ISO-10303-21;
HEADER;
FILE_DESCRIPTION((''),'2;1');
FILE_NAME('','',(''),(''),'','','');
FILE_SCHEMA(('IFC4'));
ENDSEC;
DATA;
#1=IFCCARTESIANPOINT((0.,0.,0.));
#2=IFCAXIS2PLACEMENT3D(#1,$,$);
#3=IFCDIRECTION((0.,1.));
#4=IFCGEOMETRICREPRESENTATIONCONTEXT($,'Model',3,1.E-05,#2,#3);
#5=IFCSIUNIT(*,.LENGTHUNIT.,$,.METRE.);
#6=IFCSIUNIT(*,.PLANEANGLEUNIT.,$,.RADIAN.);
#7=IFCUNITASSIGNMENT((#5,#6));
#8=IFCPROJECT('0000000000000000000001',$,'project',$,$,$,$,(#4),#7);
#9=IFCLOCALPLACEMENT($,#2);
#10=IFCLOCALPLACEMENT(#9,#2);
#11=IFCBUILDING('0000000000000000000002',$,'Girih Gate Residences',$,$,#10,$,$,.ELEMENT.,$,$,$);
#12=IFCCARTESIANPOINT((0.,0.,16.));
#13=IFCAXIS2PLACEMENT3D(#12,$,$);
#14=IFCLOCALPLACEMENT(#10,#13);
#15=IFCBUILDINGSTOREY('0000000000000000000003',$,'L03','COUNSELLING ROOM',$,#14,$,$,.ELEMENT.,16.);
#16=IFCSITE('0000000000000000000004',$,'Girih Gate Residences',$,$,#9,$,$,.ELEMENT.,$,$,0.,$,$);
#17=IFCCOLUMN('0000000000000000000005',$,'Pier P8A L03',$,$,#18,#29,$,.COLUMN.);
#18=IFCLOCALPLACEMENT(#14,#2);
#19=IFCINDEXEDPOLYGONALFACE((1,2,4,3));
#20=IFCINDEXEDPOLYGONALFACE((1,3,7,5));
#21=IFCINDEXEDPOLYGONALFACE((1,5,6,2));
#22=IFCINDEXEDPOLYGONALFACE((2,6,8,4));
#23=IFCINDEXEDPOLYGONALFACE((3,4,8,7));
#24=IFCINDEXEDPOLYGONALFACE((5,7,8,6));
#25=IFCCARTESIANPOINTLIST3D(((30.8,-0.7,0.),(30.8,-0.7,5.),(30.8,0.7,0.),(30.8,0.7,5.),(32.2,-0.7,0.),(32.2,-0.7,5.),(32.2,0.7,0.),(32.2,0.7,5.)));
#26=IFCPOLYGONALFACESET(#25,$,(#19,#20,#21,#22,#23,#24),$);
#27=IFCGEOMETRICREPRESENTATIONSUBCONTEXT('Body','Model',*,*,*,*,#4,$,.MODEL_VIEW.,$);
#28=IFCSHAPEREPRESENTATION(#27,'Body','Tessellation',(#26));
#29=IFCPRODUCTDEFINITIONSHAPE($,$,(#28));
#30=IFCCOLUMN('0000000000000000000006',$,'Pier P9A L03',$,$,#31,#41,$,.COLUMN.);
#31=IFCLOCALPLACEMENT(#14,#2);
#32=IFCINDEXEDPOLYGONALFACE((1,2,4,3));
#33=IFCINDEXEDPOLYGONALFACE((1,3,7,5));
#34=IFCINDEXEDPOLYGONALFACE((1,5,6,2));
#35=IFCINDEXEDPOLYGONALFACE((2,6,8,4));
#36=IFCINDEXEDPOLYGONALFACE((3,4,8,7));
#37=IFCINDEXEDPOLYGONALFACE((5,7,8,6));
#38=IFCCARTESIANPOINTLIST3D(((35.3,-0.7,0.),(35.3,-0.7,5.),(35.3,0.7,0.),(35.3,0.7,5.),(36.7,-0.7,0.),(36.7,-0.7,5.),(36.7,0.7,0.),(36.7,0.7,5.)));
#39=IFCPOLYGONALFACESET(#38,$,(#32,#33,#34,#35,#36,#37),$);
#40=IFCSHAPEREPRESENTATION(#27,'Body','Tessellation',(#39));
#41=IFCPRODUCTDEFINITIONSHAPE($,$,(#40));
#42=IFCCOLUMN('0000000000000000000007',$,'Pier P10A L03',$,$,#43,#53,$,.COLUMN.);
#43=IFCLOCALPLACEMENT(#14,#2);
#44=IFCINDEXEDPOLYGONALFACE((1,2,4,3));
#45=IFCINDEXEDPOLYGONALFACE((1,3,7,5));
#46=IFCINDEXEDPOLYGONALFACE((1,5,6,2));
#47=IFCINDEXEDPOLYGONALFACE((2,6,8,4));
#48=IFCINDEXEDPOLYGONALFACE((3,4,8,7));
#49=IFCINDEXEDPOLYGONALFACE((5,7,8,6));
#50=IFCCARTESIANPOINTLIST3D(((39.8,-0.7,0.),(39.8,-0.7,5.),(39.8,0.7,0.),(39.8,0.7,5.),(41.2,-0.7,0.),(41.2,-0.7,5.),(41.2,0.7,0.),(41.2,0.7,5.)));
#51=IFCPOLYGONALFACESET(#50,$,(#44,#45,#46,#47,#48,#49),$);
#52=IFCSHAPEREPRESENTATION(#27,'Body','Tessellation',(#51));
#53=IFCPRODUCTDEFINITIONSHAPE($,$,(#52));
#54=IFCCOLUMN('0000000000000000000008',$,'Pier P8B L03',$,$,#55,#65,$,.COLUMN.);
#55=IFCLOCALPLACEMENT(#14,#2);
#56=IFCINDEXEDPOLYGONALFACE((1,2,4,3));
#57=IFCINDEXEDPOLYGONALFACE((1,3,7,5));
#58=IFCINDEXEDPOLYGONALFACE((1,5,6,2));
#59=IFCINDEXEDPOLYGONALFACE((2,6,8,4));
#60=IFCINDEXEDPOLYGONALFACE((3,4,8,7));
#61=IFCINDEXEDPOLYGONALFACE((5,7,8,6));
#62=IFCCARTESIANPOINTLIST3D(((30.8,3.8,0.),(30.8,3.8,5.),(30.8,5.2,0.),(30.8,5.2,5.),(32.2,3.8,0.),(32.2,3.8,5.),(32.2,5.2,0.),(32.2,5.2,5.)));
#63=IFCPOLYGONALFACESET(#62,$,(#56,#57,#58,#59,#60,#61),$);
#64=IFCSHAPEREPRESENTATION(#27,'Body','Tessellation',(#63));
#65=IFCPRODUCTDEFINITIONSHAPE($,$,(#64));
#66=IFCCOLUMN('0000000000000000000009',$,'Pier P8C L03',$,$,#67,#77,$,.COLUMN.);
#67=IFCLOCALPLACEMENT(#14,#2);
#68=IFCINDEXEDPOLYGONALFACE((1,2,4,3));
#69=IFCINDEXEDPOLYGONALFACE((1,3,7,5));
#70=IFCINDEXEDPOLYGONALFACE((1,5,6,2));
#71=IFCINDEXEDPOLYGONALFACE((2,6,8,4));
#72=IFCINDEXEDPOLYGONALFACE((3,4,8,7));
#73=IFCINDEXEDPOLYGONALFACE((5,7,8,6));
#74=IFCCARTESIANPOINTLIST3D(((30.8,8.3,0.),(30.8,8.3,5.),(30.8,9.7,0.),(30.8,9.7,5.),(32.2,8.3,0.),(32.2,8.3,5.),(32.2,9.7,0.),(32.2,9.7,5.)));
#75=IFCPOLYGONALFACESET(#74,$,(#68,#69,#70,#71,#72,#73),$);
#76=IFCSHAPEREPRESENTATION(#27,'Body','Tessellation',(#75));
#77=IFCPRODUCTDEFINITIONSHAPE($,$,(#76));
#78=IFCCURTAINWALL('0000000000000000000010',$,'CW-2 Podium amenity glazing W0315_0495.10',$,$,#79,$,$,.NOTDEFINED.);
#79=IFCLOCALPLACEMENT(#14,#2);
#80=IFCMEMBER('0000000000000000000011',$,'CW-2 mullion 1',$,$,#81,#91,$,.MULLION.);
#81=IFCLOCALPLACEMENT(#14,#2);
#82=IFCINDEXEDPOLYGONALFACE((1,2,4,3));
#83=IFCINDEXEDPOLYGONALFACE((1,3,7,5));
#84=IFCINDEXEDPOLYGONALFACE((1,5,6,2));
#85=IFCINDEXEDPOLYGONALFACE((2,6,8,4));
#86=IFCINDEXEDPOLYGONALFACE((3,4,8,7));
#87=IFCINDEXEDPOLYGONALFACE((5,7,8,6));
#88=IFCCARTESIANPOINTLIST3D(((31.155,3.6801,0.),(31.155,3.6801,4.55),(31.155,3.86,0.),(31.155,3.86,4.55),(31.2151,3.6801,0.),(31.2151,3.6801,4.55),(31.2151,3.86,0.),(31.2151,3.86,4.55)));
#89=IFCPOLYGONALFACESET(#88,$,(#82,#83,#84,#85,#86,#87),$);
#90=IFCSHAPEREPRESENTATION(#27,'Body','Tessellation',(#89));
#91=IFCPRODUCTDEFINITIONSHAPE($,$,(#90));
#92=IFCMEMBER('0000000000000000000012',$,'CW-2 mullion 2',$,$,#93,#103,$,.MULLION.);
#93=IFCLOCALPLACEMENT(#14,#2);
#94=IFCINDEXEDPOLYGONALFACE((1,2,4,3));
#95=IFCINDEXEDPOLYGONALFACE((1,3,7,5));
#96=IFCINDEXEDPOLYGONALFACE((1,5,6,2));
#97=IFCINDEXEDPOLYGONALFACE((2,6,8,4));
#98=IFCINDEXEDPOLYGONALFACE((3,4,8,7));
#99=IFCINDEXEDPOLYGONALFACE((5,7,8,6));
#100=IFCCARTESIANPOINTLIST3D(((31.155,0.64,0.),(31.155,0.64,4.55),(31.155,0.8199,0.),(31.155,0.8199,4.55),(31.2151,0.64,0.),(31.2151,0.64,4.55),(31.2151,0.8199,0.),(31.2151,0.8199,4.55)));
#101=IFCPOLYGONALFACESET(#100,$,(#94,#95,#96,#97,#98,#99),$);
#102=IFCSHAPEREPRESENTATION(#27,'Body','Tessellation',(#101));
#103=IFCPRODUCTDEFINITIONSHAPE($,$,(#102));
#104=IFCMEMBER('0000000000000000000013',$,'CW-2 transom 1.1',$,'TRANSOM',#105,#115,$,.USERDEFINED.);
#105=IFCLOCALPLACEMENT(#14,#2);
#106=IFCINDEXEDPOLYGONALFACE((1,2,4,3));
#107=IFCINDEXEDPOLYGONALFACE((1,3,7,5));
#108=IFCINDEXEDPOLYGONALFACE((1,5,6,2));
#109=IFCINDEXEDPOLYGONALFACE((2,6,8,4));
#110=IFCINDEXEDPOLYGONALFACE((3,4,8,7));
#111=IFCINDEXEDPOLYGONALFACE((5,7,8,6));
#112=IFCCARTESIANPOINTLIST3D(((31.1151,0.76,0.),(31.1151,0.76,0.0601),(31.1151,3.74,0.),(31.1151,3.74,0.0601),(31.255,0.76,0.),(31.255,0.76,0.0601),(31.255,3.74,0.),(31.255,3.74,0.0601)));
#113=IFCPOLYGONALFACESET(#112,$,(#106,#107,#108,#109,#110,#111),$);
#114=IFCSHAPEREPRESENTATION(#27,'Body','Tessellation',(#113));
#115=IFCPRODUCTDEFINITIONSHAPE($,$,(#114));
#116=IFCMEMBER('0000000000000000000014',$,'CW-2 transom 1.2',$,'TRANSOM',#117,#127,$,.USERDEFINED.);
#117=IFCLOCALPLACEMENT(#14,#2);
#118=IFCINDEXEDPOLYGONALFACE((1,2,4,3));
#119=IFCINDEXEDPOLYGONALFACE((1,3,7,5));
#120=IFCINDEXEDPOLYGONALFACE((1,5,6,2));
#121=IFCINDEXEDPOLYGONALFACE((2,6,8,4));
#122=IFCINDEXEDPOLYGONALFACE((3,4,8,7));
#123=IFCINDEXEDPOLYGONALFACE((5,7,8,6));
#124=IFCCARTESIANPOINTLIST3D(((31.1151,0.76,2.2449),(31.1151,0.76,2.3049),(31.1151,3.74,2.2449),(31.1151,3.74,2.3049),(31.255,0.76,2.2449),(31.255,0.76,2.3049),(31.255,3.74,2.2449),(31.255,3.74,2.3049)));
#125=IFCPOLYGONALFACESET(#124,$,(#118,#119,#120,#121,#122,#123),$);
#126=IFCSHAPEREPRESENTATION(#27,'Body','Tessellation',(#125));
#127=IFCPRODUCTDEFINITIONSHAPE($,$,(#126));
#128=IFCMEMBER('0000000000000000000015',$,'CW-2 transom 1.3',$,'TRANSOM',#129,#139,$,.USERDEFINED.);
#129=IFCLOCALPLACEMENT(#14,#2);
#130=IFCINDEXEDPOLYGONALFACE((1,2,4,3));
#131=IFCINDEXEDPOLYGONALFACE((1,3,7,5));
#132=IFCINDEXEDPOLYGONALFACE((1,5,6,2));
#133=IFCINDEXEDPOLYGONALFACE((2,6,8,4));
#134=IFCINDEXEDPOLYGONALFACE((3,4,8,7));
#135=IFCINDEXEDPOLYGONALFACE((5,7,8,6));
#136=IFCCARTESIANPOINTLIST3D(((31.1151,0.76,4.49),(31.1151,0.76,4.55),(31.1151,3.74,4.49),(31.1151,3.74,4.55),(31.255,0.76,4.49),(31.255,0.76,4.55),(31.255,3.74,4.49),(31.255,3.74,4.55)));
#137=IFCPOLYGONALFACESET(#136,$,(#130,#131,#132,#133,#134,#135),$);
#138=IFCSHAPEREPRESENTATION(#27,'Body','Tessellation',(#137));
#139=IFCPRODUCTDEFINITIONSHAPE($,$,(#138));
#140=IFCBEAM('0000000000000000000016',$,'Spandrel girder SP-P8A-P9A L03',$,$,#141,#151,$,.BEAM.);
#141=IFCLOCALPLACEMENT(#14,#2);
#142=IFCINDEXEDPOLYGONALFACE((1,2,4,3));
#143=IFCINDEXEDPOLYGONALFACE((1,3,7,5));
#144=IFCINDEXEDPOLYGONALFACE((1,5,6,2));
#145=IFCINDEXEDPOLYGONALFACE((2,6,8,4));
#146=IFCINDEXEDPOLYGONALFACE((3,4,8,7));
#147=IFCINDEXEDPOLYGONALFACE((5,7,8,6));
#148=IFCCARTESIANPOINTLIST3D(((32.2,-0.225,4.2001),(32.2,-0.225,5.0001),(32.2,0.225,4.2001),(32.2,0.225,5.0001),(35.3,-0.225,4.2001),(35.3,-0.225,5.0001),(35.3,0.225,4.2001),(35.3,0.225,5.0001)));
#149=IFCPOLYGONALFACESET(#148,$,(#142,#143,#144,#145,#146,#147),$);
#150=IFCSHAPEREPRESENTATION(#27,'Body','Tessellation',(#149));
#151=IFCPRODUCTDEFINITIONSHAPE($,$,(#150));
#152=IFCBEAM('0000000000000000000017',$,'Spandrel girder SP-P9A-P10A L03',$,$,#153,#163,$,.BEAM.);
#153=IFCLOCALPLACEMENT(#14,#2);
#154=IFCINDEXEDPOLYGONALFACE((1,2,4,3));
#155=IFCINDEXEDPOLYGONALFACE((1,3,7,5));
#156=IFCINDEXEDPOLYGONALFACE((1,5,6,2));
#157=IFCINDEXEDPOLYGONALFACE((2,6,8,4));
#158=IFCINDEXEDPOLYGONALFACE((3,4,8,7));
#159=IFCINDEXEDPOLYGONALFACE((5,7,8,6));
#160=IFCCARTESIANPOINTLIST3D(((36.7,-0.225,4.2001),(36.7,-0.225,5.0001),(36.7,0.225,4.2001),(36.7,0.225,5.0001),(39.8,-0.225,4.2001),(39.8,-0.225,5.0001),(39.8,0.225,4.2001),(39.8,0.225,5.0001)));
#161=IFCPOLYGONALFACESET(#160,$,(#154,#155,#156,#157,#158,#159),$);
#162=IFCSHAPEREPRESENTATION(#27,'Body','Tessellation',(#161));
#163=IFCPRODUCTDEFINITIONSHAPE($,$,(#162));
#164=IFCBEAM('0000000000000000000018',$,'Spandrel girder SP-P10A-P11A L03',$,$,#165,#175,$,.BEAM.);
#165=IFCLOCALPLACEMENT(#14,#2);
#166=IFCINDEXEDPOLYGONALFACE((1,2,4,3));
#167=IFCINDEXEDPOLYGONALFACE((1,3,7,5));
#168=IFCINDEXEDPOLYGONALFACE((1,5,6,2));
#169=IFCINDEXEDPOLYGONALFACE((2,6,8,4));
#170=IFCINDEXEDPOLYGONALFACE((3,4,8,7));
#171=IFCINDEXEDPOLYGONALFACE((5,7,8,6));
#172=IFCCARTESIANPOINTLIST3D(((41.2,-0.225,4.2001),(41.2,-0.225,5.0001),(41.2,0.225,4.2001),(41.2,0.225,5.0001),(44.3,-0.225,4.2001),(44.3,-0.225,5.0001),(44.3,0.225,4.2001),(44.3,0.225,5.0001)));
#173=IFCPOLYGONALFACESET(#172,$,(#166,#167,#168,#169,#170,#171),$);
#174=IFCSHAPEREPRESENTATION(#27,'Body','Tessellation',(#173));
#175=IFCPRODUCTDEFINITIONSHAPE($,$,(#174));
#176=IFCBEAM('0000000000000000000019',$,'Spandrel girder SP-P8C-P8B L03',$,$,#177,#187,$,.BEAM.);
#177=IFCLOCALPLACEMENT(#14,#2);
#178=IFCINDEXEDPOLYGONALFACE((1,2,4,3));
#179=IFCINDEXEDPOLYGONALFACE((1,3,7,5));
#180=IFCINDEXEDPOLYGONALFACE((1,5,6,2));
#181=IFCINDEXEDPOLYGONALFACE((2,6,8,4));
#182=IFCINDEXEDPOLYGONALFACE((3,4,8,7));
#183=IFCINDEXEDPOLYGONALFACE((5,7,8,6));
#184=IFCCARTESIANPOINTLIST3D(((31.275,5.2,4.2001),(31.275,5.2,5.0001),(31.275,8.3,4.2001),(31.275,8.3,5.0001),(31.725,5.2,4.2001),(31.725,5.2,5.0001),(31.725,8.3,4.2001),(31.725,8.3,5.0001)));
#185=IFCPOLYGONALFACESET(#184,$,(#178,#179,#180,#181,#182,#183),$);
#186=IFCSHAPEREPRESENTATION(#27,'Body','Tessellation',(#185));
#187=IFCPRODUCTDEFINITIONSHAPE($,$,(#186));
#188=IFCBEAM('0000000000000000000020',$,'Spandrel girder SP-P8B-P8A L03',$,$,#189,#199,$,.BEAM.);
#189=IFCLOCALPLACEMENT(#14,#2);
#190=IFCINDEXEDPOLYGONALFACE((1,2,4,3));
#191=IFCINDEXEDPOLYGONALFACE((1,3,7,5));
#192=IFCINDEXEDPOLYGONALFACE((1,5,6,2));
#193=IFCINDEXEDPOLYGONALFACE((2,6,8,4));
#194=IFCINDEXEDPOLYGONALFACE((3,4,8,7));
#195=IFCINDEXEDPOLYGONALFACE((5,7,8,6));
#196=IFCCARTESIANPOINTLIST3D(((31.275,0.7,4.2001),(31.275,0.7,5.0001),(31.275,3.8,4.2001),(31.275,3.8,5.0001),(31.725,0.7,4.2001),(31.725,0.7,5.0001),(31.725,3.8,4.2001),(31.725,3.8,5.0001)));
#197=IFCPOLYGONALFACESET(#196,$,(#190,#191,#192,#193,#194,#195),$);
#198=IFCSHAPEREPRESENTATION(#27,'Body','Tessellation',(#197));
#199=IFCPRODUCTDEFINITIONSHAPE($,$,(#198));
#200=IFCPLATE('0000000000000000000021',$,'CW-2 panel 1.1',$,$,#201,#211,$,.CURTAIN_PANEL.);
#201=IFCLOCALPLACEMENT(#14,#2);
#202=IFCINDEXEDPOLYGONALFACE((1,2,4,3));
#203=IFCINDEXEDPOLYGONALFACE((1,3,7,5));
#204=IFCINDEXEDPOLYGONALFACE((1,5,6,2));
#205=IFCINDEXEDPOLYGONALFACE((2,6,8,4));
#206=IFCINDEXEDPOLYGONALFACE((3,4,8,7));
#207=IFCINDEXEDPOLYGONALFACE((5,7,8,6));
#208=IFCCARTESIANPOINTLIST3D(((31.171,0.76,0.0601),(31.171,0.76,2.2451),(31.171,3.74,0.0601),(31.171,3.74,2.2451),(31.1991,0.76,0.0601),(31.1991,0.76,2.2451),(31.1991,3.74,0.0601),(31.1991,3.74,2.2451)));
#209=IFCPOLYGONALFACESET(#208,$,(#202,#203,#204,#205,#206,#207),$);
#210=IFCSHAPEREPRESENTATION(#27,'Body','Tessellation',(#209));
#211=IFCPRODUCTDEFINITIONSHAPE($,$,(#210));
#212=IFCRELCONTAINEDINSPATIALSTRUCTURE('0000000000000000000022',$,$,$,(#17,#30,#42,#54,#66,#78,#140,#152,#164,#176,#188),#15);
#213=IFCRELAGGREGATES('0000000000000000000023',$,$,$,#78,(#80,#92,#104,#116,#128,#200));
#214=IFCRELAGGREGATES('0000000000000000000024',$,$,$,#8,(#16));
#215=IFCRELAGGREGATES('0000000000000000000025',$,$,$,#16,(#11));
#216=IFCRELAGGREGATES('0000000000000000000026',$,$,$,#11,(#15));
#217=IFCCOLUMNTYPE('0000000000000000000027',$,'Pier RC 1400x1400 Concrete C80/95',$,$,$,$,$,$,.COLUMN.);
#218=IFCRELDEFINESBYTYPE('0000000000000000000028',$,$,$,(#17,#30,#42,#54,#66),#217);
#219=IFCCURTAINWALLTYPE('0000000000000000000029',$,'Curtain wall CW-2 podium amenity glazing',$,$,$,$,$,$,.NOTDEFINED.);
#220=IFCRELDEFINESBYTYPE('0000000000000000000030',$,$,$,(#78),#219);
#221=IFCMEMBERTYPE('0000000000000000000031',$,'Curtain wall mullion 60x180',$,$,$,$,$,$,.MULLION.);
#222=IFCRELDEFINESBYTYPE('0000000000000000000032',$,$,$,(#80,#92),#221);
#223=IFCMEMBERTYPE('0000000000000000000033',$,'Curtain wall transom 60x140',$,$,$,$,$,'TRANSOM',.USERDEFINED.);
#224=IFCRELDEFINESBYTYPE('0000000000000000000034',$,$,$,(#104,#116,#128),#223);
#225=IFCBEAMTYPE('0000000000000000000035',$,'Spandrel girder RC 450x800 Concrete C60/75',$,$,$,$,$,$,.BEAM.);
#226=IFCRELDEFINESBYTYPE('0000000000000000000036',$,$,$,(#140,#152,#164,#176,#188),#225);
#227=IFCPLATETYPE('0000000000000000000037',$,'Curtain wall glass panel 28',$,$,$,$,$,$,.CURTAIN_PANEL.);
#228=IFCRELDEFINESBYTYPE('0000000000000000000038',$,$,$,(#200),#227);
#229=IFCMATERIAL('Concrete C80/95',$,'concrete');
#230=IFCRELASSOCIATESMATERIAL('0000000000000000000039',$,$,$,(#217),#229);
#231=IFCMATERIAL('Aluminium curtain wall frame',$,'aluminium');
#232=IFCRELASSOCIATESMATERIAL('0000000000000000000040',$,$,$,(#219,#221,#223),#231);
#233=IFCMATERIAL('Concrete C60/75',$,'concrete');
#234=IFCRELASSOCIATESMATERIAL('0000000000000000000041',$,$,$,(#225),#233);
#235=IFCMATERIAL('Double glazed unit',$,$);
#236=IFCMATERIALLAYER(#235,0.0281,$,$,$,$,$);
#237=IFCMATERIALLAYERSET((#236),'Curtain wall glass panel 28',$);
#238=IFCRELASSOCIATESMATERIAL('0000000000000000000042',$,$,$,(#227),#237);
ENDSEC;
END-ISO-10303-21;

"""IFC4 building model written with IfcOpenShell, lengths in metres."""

from ifc_helpers import new_model, si_unit, direction, frame, origin, origin_2d, place, context, subcontext, project, spatial, rectangle, extrude, material, layer, layer_set, material_profile, profile_set, type_object, element, aggregate, save


model = new_model("IFC4")

# Units and contexts
model_context = context("Model", 3, precision=1e-05, world=origin(), true_north=direction((0.0, 1.0)))
body_context = subcontext(model_context, "Body", "Model", "MODEL_VIEW")
ifc_project = project(units=[si_unit("LENGTHUNIT", "METRE"), si_unit("PLANEANGLEUNIT", "RADIAN")], contexts=[model_context])

# Site, building, storey
site_placement = place(None, origin())
site = spatial("IfcSite", under=ifc_project, at=site_placement, Name="Girih Gate Residences", CompositionType="ELEMENT", RefElevation=0.0)
building_placement = place(site_placement, origin())
building = spatial("IfcBuilding", under=site, at=building_placement, Name="Girih Gate Residences", CompositionType="ELEMENT")
storey_placement = place(building_placement, frame((0.0, 0.0, 16.0)))
storey = spatial("IfcBuildingStorey", under=building, at=storey_placement, Name="L03", Description="COUNSELLING ROOM", CompositionType="ELEMENT", Elevation=16.0)

# Columns
ifc_material_1 = material(Name="Concrete C80/95", Category="concrete")
ifc_material_profile_1 = material_profile(ifc_material_1, rectangle(XDim=1.3999, YDim=1.3999, at=origin_2d()))
ifc_profile_set_1 = profile_set([ifc_material_profile_1], Name="Concrete C80/95")
column_type = type_object("IfcColumnType", Name="Pier RC 1400x1400 Concrete C80/95", PredefinedType="COLUMN", material=ifc_profile_set_1)
for number, where, z_axis, x_axis, name in (
    (1, (31.5, 0.0, 0.0), (0.0, 0.0, 1.0), (1.0, 0.0, 0.0), "Pier P8A L03"),
    (2, (36.0, 0.0, 0.0), (0.0, 0.0, 1.0), (1.0, 0.0, 0.0), "Pier P9A L03"),
    (3, (40.5, 0.0, 0.0), (0.0, 0.0, 1.0), (1.0, 0.0, 0.0), "Pier P10A L03"),
    (4, (31.5, 4.5, 0.0), (0.0, 0.0, 1.0), (1.0, 0.0, 0.0), "Pier P8B L03"),
    (5, (31.5, 9.0, 0.0), (0.0, 0.0, 1.0), (1.0, 0.0, 0.0), "Pier P8C L03"),
):
    element("IfcColumn", number, at=place(storey_placement, frame(where, z_axis=z_axis, x_axis=x_axis)), inside=storey, type_object=column_type, Name=name, PredefinedType="COLUMN", context=body_context, shape_type="SweptSolid", body=[
        extrude(rectangle(XDim=1.3999, YDim=1.3999, at=origin_2d()), origin(), (0.0, 0.0, 1.0), 5.0),
    ])

# Curtain wall, members
ifc_material_2 = material(Name="Aluminium curtain wall frame", Category="aluminium")
curtain_wall_type = type_object("IfcCurtainWallType", Name="Curtain wall CW-2 podium amenity glazing", PredefinedType="NOTDEFINED", material=ifc_material_2)
curtain_wall_placement = place(storey_placement, origin())
curtain_wall = element("IfcCurtainWall", 6, at=curtain_wall_placement, inside=storey, type_object=curtain_wall_type, Name="CW-2 Podium amenity glazing W0315_0495.10", PredefinedType="NOTDEFINED")
ifc_material_profile_2 = material_profile(ifc_material_2, rectangle(XDim=0.0601, YDim=0.1799, at=origin_2d()))
ifc_profile_set_2 = profile_set([ifc_material_profile_2], Name="Aluminium curtain wall frame")
member_type_1 = type_object("IfcMemberType", Name="Curtain wall mullion 60x180", PredefinedType="MULLION", material=ifc_profile_set_2)
member_1_placement = place(storey_placement, frame((31.1851, 3.77, 0.0), z_axis=(0.0, 0.0, 1.0), x_axis=(1.0, 0.0, 0.0)))
member_1 = element("IfcMember", 7, at=member_1_placement, type_object=member_type_1, Name="CW-2 mullion 1", PredefinedType="MULLION", context=body_context, shape_type="SweptSolid", body=[
    extrude(rectangle(XDim=0.0601, YDim=0.1799, at=origin_2d()), origin(), (0.0, 0.0, 1.0), 4.55),
])
member_2_placement = place(storey_placement, frame((31.1851, 0.73, 0.0), z_axis=(0.0, 0.0, 1.0), x_axis=(1.0, 0.0, 0.0)))
member_2 = element("IfcMember", 8, at=member_2_placement, type_object=member_type_1, Name="CW-2 mullion 2", PredefinedType="MULLION", context=body_context, shape_type="SweptSolid", body=[
    extrude(rectangle(XDim=0.0601, YDim=0.1799, at=origin_2d()), origin(), (0.0, 0.0, 1.0), 4.55),
])
ifc_material_profile_3 = material_profile(ifc_material_2, rectangle(XDim=0.1399, YDim=0.0601, at=origin_2d()))
ifc_profile_set_3 = profile_set([ifc_material_profile_3], Name="Aluminium curtain wall frame")
member_type_2 = type_object("IfcMemberType", Name="Curtain wall transom 60x140", ElementType="TRANSOM", PredefinedType="USERDEFINED", material=ifc_profile_set_3)
member_3_placement = place(storey_placement, frame((31.1851, 3.74, 0.03), z_axis=(0.0, -1.0, 0.0), x_axis=(1.0, 0.0, 0.0)))
member_3 = element("IfcMember", 9, at=member_3_placement, type_object=member_type_2, Name="CW-2 transom 1.1", ObjectType="TRANSOM", PredefinedType="USERDEFINED", context=body_context, shape_type="SweptSolid", body=[
    extrude(rectangle(XDim=0.1399, YDim=0.0601, at=origin_2d()), origin(), (0.0, 0.0, 1.0), 2.98),
])
member_4_placement = place(storey_placement, frame((31.1851, 3.74, 2.2749), z_axis=(0.0, -1.0, 0.0), x_axis=(1.0, 0.0, 0.0)))
member_4 = element("IfcMember", 10, at=member_4_placement, type_object=member_type_2, Name="CW-2 transom 1.2", ObjectType="TRANSOM", PredefinedType="USERDEFINED", context=body_context, shape_type="SweptSolid", body=[
    extrude(rectangle(XDim=0.1399, YDim=0.0601, at=origin_2d()), origin(), (0.0, 0.0, 1.0), 2.98),
])
member_5_placement = place(storey_placement, frame((31.1851, 3.74, 4.52), z_axis=(0.0, -1.0, 0.0), x_axis=(1.0, 0.0, 0.0)))
member_5 = element("IfcMember", 11, at=member_5_placement, type_object=member_type_2, Name="CW-2 transom 1.3", ObjectType="TRANSOM", PredefinedType="USERDEFINED", context=body_context, shape_type="SweptSolid", body=[
    extrude(rectangle(XDim=0.1399, YDim=0.0601, at=origin_2d()), origin(), (0.0, 0.0, 1.0), 2.98),
])

# Beams
ifc_material_3 = material(Name="Concrete C60/75", Category="concrete")
ifc_material_profile_4 = material_profile(ifc_material_3, rectangle(XDim=0.45, YDim=0.8, at=origin_2d()))
ifc_profile_set_4 = profile_set([ifc_material_profile_4], Name="Concrete C60/75")
beam_type = type_object("IfcBeamType", Name="Spandrel girder RC 450x800 Concrete C60/75", PredefinedType="BEAM", material=ifc_profile_set_4)
for number, where, z_axis, x_axis, name in (
    (12, (32.2, 0.0, 4.6001), (1.0, 0.0, 0.0), (0.0, 1.0, 0.0), "Spandrel girder SP-P8A-P9A L03"),
    (13, (36.7, 0.0, 4.6001), (1.0, 0.0, 0.0), (0.0, 1.0, 0.0), "Spandrel girder SP-P9A-P10A L03"),
    (14, (41.2, 0.0, 4.6001), (1.0, 0.0, 0.0), (0.0, 1.0, 0.0), "Spandrel girder SP-P10A-P11A L03"),
    (15, (31.5, 8.3, 4.6001), (0.0, -1.0, 0.0), (1.0, 0.0, 0.0), "Spandrel girder SP-P8C-P8B L03"),
    (16, (31.5, 3.8, 4.6001), (0.0, -1.0, 0.0), (1.0, 0.0, 0.0), "Spandrel girder SP-P8B-P8A L03"),
):
    element("IfcBeam", number, at=place(storey_placement, frame(where, z_axis=z_axis, x_axis=x_axis)), inside=storey, type_object=beam_type, Name=name, PredefinedType="BEAM", context=body_context, shape_type="SweptSolid", body=[
        extrude(rectangle(XDim=0.45, YDim=0.8, at=origin_2d()), origin(), (0.0, 0.0, 1.0), 3.1001),
    ])

# Plate
ifc_material_4 = material(Name="Double glazed unit")
ifc_layer_1 = layer(ifc_material_4, 0.0281)
ifc_layer_set_1 = layer_set([ifc_layer_1], Name="Curtain wall glass panel 28")
plate_type = type_object("IfcPlateType", Name="Curtain wall glass panel 28", PredefinedType="CURTAIN_PANEL", material=ifc_layer_set_1)
plate_1_placement = place(storey_placement, frame((31.1851, 2.25, 0.0601), z_axis=(0.0, 0.0, 1.0), x_axis=(0.0, -1.0, 0.0)))
plate_1 = element("IfcPlate", 17, at=plate_1_placement, type_object=plate_type, Name="CW-2 panel 1.1", PredefinedType="CURTAIN_PANEL", context=body_context, shape_type="SweptSolid", body=[
    extrude(rectangle(XDim=2.98, YDim=0.0281, at=origin_2d()), origin(), (0.0, 0.0, 1.0), 2.1851),
])
aggregate(curtain_wall, [member_1, member_2, member_3, member_4, member_5, plate_1])

save(model, "model.ifc")
